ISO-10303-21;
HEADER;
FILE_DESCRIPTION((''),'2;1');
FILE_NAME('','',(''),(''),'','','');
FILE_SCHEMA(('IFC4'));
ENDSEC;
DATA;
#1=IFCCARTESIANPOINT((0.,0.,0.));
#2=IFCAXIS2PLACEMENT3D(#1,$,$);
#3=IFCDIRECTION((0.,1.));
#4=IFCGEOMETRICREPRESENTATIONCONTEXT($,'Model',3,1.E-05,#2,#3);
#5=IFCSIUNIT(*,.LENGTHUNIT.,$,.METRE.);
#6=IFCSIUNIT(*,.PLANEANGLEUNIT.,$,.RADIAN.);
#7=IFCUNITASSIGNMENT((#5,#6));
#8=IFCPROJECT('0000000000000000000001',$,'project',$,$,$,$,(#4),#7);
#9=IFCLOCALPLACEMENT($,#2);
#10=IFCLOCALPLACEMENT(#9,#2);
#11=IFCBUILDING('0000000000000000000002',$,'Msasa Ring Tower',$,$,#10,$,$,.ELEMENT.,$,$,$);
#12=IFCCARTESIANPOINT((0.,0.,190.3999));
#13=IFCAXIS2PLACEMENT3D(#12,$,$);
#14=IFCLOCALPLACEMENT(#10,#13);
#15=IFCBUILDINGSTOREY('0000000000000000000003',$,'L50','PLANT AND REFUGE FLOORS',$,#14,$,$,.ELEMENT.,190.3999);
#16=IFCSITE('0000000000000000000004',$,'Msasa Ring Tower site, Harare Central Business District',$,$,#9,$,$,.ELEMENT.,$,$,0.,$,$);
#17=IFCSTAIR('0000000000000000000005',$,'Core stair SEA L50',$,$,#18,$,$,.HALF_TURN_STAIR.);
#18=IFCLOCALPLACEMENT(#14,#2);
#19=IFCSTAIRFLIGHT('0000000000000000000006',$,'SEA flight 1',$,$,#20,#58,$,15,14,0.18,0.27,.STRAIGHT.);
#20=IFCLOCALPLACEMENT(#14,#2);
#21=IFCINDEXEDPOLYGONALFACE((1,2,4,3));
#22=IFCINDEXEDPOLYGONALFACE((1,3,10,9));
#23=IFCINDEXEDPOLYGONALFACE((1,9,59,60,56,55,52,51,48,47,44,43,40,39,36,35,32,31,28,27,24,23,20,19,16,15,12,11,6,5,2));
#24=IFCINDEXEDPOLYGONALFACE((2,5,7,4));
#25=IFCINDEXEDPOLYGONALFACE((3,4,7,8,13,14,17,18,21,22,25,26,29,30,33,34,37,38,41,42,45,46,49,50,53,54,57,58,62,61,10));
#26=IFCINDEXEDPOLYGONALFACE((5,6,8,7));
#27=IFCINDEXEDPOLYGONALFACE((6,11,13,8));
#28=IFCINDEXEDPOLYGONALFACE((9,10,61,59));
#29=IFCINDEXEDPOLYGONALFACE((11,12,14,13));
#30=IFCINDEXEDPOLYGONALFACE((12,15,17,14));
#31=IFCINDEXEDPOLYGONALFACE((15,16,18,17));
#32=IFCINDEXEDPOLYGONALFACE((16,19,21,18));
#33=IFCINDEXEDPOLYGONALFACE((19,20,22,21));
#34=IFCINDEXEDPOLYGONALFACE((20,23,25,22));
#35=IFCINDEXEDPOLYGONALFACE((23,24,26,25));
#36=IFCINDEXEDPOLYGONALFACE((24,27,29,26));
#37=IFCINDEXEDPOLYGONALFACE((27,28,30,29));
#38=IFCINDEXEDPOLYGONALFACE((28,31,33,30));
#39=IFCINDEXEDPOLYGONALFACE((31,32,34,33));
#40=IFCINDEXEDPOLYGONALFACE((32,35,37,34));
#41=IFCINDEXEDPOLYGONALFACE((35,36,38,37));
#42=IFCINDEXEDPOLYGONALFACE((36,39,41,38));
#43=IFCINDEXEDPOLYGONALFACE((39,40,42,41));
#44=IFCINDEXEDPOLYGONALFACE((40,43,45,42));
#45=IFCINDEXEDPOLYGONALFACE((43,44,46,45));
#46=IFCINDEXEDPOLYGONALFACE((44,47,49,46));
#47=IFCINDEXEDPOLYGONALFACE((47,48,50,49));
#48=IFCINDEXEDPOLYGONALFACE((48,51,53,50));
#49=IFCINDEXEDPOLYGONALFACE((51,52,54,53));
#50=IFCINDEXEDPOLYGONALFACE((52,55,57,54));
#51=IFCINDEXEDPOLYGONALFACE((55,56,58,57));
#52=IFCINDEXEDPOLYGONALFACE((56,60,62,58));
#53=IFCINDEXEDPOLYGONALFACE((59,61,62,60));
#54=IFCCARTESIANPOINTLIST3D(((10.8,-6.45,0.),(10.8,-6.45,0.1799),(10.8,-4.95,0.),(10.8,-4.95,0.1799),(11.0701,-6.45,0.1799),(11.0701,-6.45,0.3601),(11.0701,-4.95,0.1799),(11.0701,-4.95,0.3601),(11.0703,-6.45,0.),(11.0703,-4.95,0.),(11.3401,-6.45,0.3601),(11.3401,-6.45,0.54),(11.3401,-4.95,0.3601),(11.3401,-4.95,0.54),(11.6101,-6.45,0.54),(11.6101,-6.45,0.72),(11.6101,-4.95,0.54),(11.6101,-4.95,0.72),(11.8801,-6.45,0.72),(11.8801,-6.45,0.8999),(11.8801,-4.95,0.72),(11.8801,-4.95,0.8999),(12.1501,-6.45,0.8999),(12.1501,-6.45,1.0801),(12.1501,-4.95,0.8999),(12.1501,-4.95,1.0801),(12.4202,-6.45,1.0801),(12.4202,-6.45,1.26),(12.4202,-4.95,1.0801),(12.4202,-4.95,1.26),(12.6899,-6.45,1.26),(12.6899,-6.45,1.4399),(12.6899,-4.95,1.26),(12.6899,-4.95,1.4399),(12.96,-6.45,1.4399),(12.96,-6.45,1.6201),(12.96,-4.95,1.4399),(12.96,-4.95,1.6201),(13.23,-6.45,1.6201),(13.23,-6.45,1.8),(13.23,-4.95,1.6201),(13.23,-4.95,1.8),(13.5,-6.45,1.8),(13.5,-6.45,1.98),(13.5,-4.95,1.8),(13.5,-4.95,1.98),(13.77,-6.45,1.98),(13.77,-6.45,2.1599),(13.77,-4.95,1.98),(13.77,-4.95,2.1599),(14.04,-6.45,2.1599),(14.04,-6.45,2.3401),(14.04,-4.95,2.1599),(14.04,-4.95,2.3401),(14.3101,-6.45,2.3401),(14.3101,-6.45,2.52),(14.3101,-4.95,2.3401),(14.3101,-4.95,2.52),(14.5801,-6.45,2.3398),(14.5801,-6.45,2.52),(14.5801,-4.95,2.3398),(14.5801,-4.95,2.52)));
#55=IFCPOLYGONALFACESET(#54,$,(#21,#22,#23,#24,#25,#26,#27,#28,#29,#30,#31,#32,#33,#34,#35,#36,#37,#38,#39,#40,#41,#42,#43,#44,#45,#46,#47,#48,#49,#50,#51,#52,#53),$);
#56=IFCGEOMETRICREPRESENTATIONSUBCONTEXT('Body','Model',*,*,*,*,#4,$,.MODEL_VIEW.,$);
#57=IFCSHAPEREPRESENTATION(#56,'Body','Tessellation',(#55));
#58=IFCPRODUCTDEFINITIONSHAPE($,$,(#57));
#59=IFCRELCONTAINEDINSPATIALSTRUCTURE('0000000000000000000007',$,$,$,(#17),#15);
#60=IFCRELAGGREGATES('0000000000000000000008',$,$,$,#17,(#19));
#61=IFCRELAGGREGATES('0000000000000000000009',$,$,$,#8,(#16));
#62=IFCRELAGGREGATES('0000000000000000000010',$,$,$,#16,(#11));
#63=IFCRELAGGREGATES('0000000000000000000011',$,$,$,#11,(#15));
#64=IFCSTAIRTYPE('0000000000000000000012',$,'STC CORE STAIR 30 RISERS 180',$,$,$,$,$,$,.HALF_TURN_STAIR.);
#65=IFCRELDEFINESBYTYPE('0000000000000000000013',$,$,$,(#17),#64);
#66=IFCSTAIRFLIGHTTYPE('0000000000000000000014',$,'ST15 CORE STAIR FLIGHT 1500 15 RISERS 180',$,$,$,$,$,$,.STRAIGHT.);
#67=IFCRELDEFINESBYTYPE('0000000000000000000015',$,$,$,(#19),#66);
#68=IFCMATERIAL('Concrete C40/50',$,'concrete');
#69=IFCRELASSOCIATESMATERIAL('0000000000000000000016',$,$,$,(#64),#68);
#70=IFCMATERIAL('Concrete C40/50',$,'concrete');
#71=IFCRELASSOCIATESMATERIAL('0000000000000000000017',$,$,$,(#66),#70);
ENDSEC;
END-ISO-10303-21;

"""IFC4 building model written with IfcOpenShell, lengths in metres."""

from ifc_helpers import new_model, si_unit, direction, frame, origin, place, context, subcontext, project, spatial, polyline, outline, extrude, material, type_object, element, aggregate, save


model = new_model("IFC4")

# Units and contexts
model_context = context("Model", 3, precision=1e-05, world=origin(), true_north=direction((0.0, 1.0)))
body_context = subcontext(model_context, "Body", "Model", "MODEL_VIEW")
ifc_project = project(units=[si_unit("LENGTHUNIT", "METRE"), si_unit("PLANEANGLEUNIT", "RADIAN")], contexts=[model_context])

# Site, building, storey
site_placement = place(None, origin())
site = spatial("IfcSite", under=ifc_project, at=site_placement, Name="Msasa Ring Tower site, Harare Central Business District", CompositionType="ELEMENT", RefElevation=0.0)
building_placement = place(site_placement, origin())
building = spatial("IfcBuilding", under=site, at=building_placement, Name="Msasa Ring Tower", CompositionType="ELEMENT")
storey_placement = place(building_placement, frame((0.0, 0.0, 190.3999)))
storey = spatial("IfcBuildingStorey", under=building, at=storey_placement, Name="L50", Description="PLANT AND REFUGE FLOORS", CompositionType="ELEMENT", Elevation=190.3999)

# Stair
ifc_material_1 = material(Name="Concrete C40/50", Category="concrete")
stair_type = type_object("IfcStairType", Name="STC CORE STAIR 30 RISERS 180", PredefinedType="HALF_TURN_STAIR", material=ifc_material_1)
stair_placement = place(storey_placement, origin())
stair = element("IfcStair", 1, at=stair_placement, inside=storey, type_object=stair_type, Name="Core stair SEA L50", PredefinedType="HALF_TURN_STAIR")

# Stair flight
ifc_material_2 = material(Name="Concrete C40/50", Category="concrete")
stair_flight_type = type_object("IfcStairFlightType", Name="ST15 CORE STAIR FLIGHT 1500 15 RISERS 180", PredefinedType="STRAIGHT", material=ifc_material_2)
stair_flight_placement = place(storey_placement, frame((10.8, -5.7, 0.0), z_axis=(0.0, 0.0, 1.0), x_axis=(1.0, 0.0, 0.0)))
stair_flight = element("IfcStairFlight", 2, at=stair_flight_placement, type_object=stair_flight_type, Name="SEA flight 1", NumberOfRisers=15, NumberOfTreads=14, PredefinedType="STRAIGHT", RiserHeight=0.18, TreadLength=0.27, context=body_context, shape_type="SweptSolid", body=[
    extrude(outline(polyline([(0.0, 0.0), (0.0, 0.1799), (0.27, 0.1799), (0.27, 0.3601), (0.54, 0.3601), (0.54, 0.54), (0.8101, 0.54), (0.8101, 0.72), (1.0801, 0.72), (1.0801, 0.8999), (1.3501, 0.8999), (1.3501, 1.0801), (1.6201, 1.0801), (1.6201, 1.26), (1.8899, 1.26), (1.8899, 1.4399), (2.1599, 1.4399), (2.1599, 1.6201), (2.4299, 1.6201), (2.4299, 1.8), (2.7, 1.8), (2.7, 1.98), (2.97, 1.98), (2.97, 2.1599), (3.24, 2.1599), (3.24, 2.3401), (3.51, 2.3401), (3.51, 2.52), (3.78, 2.52), (3.78, 2.7), (3.78, 2.3398), (0.2703, 0.0), (0.0, 0.0)])), frame((0.0, 0.75, 0.0), z_axis=(0.0, -1.0, 0.0), x_axis=(1.0, 0.0, 0.0)), (0.0, 0.0, 1.0), 1.5),
])
aggregate(stair, [stair_flight])

save(model, "model.ifc")
